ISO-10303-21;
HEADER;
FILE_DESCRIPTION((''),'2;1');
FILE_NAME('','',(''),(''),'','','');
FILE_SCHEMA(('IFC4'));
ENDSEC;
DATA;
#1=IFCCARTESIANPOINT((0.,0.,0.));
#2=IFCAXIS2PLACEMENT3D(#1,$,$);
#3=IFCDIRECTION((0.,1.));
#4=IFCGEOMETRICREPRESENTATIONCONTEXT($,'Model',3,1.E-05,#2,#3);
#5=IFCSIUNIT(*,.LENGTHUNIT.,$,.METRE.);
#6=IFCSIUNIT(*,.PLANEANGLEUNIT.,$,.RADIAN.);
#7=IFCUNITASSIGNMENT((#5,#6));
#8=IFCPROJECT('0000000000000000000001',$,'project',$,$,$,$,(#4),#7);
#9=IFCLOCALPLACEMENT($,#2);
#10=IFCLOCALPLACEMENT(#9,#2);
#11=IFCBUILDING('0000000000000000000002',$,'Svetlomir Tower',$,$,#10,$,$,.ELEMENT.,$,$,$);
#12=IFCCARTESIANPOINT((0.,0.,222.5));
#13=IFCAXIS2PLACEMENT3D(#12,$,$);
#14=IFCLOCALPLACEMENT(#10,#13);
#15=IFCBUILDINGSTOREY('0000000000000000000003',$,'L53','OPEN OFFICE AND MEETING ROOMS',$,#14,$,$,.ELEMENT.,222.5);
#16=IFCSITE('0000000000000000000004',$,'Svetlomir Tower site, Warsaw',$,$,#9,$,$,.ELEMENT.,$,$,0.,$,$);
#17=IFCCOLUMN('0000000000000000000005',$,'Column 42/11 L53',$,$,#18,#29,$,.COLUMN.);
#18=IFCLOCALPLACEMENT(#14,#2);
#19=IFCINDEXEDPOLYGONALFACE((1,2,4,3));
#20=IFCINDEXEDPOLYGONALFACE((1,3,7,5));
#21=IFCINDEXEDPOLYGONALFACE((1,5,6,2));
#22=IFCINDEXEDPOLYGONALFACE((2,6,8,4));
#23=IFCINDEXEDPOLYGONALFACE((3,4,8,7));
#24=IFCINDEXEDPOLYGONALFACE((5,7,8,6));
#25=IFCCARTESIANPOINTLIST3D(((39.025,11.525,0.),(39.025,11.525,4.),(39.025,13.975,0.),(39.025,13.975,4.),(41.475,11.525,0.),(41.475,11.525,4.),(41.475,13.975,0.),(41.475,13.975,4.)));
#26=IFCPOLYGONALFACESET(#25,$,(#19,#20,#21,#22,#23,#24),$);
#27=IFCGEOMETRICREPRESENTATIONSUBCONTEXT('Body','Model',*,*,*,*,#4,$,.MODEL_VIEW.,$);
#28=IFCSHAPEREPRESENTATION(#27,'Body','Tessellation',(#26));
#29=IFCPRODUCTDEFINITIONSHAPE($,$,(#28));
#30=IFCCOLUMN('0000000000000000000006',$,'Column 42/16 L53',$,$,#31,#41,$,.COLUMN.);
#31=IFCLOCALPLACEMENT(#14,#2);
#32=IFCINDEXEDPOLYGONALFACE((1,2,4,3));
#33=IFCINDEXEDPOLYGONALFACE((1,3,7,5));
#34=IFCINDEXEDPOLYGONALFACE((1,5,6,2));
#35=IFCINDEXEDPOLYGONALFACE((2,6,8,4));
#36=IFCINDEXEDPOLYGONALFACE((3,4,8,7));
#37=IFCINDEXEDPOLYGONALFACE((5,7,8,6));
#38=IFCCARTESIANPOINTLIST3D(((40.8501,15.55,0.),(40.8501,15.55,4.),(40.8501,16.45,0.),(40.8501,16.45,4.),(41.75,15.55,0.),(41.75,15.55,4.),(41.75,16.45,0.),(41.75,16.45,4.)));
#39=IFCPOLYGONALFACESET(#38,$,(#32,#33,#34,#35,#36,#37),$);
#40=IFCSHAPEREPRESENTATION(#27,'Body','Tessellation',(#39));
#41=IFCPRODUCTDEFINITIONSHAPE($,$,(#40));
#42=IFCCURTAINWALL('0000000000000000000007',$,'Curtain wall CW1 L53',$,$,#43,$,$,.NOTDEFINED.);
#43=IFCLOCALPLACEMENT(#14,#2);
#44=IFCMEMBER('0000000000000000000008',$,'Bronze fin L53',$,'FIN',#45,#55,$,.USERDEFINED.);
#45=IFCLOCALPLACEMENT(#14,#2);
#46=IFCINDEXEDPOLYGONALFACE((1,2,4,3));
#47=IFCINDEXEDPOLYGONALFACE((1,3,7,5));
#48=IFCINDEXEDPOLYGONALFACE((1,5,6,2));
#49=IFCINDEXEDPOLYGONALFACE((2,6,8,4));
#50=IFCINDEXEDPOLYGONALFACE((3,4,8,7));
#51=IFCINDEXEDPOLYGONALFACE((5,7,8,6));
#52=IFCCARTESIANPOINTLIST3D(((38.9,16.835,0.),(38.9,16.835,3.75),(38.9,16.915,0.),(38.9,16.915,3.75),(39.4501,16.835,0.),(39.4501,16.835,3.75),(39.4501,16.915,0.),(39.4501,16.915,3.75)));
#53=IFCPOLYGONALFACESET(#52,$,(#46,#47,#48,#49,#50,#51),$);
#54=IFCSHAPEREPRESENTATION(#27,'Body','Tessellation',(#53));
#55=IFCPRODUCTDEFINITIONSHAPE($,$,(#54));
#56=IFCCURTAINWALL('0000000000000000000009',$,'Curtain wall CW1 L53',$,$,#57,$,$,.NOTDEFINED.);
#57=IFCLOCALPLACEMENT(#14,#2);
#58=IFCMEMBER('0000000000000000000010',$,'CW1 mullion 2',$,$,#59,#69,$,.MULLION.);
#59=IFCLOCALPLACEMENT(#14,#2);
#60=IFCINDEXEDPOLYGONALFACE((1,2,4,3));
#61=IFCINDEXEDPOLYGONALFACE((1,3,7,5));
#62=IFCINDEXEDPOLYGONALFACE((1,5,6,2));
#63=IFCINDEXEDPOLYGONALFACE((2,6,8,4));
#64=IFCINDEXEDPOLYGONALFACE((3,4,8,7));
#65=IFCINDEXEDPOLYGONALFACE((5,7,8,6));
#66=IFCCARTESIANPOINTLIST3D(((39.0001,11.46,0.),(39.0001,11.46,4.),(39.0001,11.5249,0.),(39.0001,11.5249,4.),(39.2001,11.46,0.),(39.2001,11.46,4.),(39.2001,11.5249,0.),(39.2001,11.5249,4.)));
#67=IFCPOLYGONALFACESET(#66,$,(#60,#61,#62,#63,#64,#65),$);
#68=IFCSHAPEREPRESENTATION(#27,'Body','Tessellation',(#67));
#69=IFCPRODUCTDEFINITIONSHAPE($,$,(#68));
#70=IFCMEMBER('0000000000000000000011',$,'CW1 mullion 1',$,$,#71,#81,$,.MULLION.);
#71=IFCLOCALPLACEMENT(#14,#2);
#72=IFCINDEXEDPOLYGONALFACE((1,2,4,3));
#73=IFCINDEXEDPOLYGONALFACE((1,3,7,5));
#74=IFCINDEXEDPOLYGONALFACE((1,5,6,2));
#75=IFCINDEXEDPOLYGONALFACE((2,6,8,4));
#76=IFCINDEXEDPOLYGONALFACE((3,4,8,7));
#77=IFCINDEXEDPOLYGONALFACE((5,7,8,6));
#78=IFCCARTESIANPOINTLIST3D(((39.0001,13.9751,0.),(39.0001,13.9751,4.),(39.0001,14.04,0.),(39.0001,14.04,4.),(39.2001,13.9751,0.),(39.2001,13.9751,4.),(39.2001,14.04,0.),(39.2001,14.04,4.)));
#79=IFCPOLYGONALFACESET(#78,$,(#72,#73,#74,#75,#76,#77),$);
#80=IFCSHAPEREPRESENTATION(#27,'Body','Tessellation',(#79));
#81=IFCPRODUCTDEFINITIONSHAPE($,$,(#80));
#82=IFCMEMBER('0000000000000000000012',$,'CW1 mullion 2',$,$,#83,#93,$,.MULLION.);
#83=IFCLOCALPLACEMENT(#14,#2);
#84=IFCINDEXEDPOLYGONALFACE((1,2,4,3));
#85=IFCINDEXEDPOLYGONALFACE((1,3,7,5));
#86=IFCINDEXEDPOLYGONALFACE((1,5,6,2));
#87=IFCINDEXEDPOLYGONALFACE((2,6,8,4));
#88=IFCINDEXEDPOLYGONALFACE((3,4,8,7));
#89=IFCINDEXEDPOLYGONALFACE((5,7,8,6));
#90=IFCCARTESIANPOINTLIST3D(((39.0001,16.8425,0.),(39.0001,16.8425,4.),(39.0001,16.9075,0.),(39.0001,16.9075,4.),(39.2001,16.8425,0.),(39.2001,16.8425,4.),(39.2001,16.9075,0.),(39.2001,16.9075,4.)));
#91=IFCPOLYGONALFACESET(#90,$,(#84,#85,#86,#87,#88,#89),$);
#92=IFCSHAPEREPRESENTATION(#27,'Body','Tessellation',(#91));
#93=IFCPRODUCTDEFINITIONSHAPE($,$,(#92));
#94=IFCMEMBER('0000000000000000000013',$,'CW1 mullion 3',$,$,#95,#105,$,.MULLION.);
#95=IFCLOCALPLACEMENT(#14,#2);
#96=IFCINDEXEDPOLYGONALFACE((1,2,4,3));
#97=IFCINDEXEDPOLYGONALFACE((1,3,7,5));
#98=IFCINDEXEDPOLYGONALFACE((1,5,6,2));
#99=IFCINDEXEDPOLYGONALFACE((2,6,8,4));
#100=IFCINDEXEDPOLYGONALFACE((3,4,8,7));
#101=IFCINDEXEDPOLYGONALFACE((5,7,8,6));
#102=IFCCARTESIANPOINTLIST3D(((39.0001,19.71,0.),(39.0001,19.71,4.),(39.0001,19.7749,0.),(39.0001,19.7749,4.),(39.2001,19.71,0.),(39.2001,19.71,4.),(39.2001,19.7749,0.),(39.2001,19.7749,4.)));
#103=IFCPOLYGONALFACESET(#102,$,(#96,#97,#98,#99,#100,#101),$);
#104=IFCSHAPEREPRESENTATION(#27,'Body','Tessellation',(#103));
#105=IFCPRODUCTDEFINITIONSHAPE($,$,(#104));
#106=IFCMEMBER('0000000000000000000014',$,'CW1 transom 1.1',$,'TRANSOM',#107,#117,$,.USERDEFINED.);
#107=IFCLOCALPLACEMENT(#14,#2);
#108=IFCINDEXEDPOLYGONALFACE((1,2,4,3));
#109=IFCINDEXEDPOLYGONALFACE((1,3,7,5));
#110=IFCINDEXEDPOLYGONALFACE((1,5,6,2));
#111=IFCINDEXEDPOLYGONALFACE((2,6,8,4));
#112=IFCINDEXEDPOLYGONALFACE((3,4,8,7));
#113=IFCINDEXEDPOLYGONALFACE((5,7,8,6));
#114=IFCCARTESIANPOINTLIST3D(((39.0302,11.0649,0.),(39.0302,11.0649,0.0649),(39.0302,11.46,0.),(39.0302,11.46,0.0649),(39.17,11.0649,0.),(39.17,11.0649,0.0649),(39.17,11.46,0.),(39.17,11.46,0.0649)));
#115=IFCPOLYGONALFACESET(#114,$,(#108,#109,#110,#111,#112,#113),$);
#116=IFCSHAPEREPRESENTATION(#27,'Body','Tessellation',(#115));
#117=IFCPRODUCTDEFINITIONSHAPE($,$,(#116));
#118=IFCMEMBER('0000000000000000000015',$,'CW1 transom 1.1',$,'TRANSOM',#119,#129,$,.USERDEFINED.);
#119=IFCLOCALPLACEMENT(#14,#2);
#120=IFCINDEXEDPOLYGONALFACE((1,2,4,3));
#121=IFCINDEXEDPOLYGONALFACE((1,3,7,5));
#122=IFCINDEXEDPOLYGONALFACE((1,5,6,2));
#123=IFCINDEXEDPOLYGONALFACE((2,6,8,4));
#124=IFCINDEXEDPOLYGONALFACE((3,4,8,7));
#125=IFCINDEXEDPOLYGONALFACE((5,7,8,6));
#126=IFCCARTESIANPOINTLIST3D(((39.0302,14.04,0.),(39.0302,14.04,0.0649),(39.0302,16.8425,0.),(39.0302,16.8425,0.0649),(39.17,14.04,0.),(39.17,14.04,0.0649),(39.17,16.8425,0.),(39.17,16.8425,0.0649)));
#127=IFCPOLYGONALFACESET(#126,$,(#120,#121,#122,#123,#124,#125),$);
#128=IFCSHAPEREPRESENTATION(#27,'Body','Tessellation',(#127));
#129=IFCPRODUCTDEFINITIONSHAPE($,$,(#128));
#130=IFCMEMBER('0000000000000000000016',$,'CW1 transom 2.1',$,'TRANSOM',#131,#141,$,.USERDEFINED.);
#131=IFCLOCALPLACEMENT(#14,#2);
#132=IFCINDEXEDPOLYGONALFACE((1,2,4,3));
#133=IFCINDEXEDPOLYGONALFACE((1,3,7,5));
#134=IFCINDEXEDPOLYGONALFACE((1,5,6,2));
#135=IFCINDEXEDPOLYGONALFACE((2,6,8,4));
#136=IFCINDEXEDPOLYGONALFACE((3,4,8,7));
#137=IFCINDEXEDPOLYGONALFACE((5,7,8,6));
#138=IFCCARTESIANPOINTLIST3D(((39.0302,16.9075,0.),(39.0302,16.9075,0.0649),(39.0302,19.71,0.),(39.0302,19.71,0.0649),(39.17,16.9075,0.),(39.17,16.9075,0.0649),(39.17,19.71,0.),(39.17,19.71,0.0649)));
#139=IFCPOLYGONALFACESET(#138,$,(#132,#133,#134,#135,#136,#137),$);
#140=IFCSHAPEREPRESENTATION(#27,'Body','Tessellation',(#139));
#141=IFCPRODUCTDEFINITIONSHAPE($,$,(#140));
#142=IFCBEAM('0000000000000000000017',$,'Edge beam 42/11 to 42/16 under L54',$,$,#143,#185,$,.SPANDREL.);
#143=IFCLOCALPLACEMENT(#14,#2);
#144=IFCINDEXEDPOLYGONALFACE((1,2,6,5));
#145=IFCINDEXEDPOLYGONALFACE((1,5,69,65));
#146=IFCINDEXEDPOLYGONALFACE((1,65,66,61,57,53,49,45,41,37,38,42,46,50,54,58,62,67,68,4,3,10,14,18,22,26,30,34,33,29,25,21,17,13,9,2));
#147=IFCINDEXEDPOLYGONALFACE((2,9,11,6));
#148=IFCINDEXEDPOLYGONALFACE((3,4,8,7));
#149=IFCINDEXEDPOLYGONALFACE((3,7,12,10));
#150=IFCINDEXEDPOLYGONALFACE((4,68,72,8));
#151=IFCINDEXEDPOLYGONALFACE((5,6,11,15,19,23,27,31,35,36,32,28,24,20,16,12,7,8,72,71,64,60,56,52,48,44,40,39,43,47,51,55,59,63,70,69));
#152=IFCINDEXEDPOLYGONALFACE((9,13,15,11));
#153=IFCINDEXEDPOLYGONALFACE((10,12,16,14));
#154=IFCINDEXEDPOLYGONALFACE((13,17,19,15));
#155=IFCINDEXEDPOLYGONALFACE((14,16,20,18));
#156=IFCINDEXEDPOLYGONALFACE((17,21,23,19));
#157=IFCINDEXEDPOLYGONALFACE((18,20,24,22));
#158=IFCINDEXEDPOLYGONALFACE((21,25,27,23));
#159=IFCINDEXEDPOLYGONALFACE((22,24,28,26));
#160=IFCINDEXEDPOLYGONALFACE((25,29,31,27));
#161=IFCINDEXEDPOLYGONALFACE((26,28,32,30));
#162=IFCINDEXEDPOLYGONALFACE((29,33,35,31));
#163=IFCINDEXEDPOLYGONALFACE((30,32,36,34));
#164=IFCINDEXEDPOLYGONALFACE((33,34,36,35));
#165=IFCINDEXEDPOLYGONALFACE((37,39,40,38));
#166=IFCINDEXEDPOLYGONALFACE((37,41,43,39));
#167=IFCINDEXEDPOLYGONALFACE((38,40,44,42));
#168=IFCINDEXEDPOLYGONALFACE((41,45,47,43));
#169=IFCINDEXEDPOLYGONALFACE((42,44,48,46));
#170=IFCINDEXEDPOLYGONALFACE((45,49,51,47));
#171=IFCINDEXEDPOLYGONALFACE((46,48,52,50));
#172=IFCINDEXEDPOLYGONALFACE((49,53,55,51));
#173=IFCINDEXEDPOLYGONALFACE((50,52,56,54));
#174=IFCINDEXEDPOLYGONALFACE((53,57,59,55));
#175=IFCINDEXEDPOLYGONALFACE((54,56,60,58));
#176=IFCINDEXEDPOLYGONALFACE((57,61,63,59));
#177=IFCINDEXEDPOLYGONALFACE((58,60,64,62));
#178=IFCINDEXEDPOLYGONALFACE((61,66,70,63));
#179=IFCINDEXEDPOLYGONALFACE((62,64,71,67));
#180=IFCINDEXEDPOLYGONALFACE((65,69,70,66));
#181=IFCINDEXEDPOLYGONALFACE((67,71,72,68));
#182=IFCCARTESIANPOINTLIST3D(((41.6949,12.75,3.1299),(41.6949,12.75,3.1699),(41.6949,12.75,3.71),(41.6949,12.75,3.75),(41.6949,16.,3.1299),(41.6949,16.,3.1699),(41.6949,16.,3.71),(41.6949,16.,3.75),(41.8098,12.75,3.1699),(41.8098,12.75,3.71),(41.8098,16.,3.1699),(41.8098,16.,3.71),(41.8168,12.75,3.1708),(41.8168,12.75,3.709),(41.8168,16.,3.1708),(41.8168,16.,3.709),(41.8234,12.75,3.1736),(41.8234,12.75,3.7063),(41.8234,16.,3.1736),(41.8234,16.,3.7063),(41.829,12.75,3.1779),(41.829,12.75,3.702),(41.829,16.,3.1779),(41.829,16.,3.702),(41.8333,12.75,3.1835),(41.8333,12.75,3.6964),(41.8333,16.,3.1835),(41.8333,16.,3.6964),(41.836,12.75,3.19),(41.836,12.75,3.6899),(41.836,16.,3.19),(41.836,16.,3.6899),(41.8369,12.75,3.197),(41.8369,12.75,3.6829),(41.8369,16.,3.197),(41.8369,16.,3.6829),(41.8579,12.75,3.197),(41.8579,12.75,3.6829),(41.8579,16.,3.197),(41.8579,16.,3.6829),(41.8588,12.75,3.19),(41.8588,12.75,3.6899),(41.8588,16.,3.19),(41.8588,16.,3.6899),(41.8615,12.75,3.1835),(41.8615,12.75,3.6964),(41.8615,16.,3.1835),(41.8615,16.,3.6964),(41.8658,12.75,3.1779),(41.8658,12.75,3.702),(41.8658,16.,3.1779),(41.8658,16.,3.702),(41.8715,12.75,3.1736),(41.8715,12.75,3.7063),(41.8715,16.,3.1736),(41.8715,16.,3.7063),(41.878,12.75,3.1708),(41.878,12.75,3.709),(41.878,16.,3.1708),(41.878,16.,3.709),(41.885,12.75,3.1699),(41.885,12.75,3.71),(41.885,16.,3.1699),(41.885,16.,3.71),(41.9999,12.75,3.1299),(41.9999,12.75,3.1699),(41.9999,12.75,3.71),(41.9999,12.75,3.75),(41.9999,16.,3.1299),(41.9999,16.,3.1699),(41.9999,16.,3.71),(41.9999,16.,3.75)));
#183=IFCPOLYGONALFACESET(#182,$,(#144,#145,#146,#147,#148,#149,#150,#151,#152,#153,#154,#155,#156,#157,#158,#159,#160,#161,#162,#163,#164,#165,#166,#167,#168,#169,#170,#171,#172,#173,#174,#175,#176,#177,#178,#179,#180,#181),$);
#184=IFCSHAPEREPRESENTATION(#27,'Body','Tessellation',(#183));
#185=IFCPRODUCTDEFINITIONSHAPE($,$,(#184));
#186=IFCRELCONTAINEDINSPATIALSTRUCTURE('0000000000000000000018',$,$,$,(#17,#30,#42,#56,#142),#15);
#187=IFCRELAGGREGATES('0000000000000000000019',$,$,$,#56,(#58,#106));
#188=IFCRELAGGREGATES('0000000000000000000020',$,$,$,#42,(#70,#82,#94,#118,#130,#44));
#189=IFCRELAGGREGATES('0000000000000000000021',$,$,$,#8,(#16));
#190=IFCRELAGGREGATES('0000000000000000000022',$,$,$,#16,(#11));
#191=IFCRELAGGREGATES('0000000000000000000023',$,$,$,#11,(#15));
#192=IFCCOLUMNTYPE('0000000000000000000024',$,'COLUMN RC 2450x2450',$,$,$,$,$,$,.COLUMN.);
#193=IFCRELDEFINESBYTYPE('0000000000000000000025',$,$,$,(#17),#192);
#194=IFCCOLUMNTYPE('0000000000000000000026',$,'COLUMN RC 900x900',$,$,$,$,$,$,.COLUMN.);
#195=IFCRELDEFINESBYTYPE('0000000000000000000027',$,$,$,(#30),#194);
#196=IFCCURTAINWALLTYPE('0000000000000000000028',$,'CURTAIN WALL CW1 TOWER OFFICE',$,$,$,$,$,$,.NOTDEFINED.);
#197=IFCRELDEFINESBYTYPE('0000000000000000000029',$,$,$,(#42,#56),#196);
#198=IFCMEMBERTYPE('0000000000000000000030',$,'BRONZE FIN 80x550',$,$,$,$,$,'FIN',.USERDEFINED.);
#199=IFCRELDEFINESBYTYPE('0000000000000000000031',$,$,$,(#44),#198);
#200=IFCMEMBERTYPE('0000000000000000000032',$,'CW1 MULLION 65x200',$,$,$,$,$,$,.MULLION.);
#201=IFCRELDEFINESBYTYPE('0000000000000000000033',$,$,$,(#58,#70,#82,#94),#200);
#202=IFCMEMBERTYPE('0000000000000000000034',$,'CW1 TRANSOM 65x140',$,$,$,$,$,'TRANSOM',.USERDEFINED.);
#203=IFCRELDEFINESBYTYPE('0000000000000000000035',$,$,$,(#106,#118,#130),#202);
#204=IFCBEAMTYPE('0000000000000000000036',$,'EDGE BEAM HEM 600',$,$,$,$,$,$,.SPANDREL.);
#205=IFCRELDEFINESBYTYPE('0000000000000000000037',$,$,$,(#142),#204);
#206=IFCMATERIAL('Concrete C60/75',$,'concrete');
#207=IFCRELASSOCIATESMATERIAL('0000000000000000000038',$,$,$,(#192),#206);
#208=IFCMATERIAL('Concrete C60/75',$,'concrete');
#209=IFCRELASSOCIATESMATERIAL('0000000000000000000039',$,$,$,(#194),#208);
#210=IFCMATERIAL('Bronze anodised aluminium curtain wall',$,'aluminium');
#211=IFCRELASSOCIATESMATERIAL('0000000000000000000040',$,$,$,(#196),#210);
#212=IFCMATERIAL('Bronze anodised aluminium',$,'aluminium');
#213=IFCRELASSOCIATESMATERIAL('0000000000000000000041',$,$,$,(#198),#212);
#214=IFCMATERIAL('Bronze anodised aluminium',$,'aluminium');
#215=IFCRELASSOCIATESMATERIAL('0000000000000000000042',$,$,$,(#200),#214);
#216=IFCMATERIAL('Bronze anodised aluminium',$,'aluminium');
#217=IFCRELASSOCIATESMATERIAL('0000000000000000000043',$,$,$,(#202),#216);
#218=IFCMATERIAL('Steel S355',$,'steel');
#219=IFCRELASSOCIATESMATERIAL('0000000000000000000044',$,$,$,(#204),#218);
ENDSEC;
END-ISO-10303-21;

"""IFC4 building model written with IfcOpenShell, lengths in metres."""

from ifc_helpers import new_model, si_unit, direction, frame, origin, origin_2d, place, context, subcontext, project, spatial, rectangle, i_section, extrude, material, material_profile, profile_set, type_object, element, aggregate, save


model = new_model("IFC4")

# Units and contexts
model_context = context("Model", 3, precision=1e-05, world=origin(), true_north=direction((0.0, 1.0)))
body_context = subcontext(model_context, "Body", "Model", "MODEL_VIEW")
ifc_project = project(units=[si_unit("LENGTHUNIT", "METRE"), si_unit("PLANEANGLEUNIT", "RADIAN")], contexts=[model_context])

# Site, building, storey
site_placement = place(None, origin())
site = spatial("IfcSite", under=ifc_project, at=site_placement, Name="Svetlomir Tower site, Warsaw", CompositionType="ELEMENT", RefElevation=0.0)
building_placement = place(site_placement, origin())
building = spatial("IfcBuilding", under=site, at=building_placement, Name="Svetlomir Tower", CompositionType="ELEMENT")
storey_placement = place(building_placement, frame((0.0, 0.0, 222.5)))
storey = spatial("IfcBuildingStorey", under=building, at=storey_placement, Name="L53", Description="OPEN OFFICE AND MEETING ROOMS", CompositionType="ELEMENT", Elevation=222.5)

# Columns
ifc_material_1 = material(Name="Concrete C60/75", Category="concrete")
ifc_material_profile_1 = material_profile(ifc_material_1, rectangle(XDim=2.45, YDim=2.45, at=origin_2d()), Name="RC 2450x2450")
ifc_profile_set_1 = profile_set([ifc_material_profile_1], Name="Concrete C60/75")
column_type_1 = type_object("IfcColumnType", Name="COLUMN RC 2450x2450", PredefinedType="COLUMN", material=ifc_profile_set_1)
column_1_placement = place(storey_placement, frame((40.25, 12.75, 0.0), z_axis=(0.0, 0.0, 1.0), x_axis=(1.0, 0.0, 0.0)))
element("IfcColumn", 1, at=column_1_placement, inside=storey, type_object=column_type_1, Name="Column 42/11 L53", PredefinedType="COLUMN", context=body_context, shape_type="SweptSolid", body=[
    extrude(rectangle(XDim=2.45, YDim=2.45, at=origin_2d()), origin(), (0.0, 0.0, 1.0), 4.0),
])
ifc_material_2 = material(Name="Concrete C60/75", Category="concrete")
ifc_material_profile_2 = material_profile(ifc_material_2, rectangle(XDim=0.8999, YDim=0.8999, at=origin_2d()), Name="RC 900x900")
ifc_profile_set_2 = profile_set([ifc_material_profile_2], Name="Concrete C60/75")
column_type_2 = type_object("IfcColumnType", Name="COLUMN RC 900x900", PredefinedType="COLUMN", material=ifc_profile_set_2)
column_2_placement = place(storey_placement, frame((41.3, 16.0, 0.0), z_axis=(0.0, 0.0, 1.0), x_axis=(1.0, 0.0, 0.0)))
element("IfcColumn", 2, at=column_2_placement, inside=storey, type_object=column_type_2, Name="Column 42/16 L53", PredefinedType="COLUMN", context=body_context, shape_type="SweptSolid", body=[
    extrude(rectangle(XDim=0.8999, YDim=0.8999, at=origin_2d()), origin(), (0.0, 0.0, 1.0), 4.0),
])

# Curtain walls, members
ifc_material_3 = material(Name="Bronze anodised aluminium curtain wall", Category="aluminium")
curtain_wall_type = type_object("IfcCurtainWallType", Name="CURTAIN WALL CW1 TOWER OFFICE", PredefinedType="NOTDEFINED", material=ifc_material_3)
curtain_wall_1_placement = place(storey_placement, origin())
curtain_wall_1 = element("IfcCurtainWall", 3, at=curtain_wall_1_placement, inside=storey, type_object=curtain_wall_type, Name="Curtain wall CW1 L53", PredefinedType="NOTDEFINED")
ifc_material_4 = material(Name="Bronze anodised aluminium", Category="aluminium")
ifc_material_profile_3 = material_profile(ifc_material_4, rectangle(XDim=0.0801, YDim=0.55, at=origin_2d()), Name="FIN 80x550")
ifc_profile_set_3 = profile_set([ifc_material_profile_3], Name="Bronze anodised aluminium 6063-T6")
member_type_1 = type_object("IfcMemberType", Name="BRONZE FIN 80x550", ElementType="FIN", PredefinedType="USERDEFINED", material=ifc_profile_set_3)
member_1_placement = place(storey_placement, frame((39.175, 16.875, 0.0), z_axis=(0.0, 0.0, 1.0), x_axis=(0.0, 1.0, 0.0)))
member_1 = element("IfcMember", 4, at=member_1_placement, type_object=member_type_1, Name="Bronze fin L53", ObjectType="FIN", PredefinedType="USERDEFINED", context=body_context, shape_type="SweptSolid", body=[
    extrude(rectangle(XDim=0.0801, YDim=0.55, at=origin_2d()), origin(), (0.0, 0.0, 1.0), 3.75),
])
curtain_wall_2_placement = place(storey_placement, origin())
curtain_wall_2 = element("IfcCurtainWall", 5, at=curtain_wall_2_placement, inside=storey, type_object=curtain_wall_type, Name="Curtain wall CW1 L53", PredefinedType="NOTDEFINED")
ifc_material_5 = material(Name="Bronze anodised aluminium", Category="aluminium")
ifc_material_profile_4 = material_profile(ifc_material_5, rectangle(XDim=0.0649, YDim=0.2, at=origin_2d()), Name="AL 65x200")
ifc_profile_set_4 = profile_set([ifc_material_profile_4], Name="Bronze anodised aluminium 6063-T6")
member_type_2 = type_object("IfcMemberType", Name="CW1 MULLION 65x200", PredefinedType="MULLION", material=ifc_profile_set_4)
member_2_placement = place(storey_placement, frame((39.1001, 11.4924, 0.0), z_axis=(0.0, 0.0, 1.0), x_axis=(0.0, 1.0, 0.0)))
member_2 = element("IfcMember", 6, at=member_2_placement, type_object=member_type_2, Name="CW1 mullion 2", PredefinedType="MULLION", context=body_context, shape_type="SweptSolid", body=[
    extrude(rectangle(XDim=0.0649, YDim=0.2, at=origin_2d()), origin(), (0.0, 0.0, 1.0), 4.0),
])

# Members
member_3_placement = place(storey_placement, frame((39.1001, 14.0076, 0.0), z_axis=(0.0, 0.0, 1.0), x_axis=(0.0, 1.0, 0.0)))
member_3 = element("IfcMember", 7, at=member_3_placement, type_object=member_type_2, Name="CW1 mullion 1", PredefinedType="MULLION", context=body_context, shape_type="SweptSolid", body=[
    extrude(rectangle(XDim=0.0649, YDim=0.2, at=origin_2d()), origin(), (0.0, 0.0, 1.0), 4.0),
])
member_4_placement = place(storey_placement, frame((39.1001, 16.875, 0.0), z_axis=(0.0, 0.0, 1.0), x_axis=(0.0, 1.0, 0.0)))
member_4 = element("IfcMember", 8, at=member_4_placement, type_object=member_type_2, Name="CW1 mullion 2", PredefinedType="MULLION", context=body_context, shape_type="SweptSolid", body=[
    extrude(rectangle(XDim=0.0649, YDim=0.2, at=origin_2d()), origin(), (0.0, 0.0, 1.0), 4.0),
])
member_5_placement = place(storey_placement, frame((39.1001, 19.7424, 0.0), z_axis=(0.0, 0.0, 1.0), x_axis=(0.0, 1.0, 0.0)))
member_5 = element("IfcMember", 9, at=member_5_placement, type_object=member_type_2, Name="CW1 mullion 3", PredefinedType="MULLION", context=body_context, shape_type="SweptSolid", body=[
    extrude(rectangle(XDim=0.0649, YDim=0.2, at=origin_2d()), origin(), (0.0, 0.0, 1.0), 4.0),
])
ifc_material_6 = material(Name="Bronze anodised aluminium", Category="aluminium")
ifc_material_profile_5 = material_profile(ifc_material_6, rectangle(XDim=0.1399, YDim=0.0649, at=origin_2d()), Name="AL 140x65")
ifc_profile_set_5 = profile_set([ifc_material_profile_5], Name="Bronze anodised aluminium 6063-T6")
member_type_3 = type_object("IfcMemberType", Name="CW1 TRANSOM 65x140", ElementType="TRANSOM", PredefinedType="USERDEFINED", material=ifc_profile_set_5)
member_6_placement = place(storey_placement, frame((39.1001, 11.0649, 0.0325), z_axis=(0.0, 1.0, 0.0), x_axis=(-1.0, 0.0, 0.0)))
member_6 = element("IfcMember", 10, at=member_6_placement, type_object=member_type_3, Name="CW1 transom 1.1", ObjectType="TRANSOM", PredefinedType="USERDEFINED", context=body_context, shape_type="SweptSolid", body=[
    extrude(rectangle(XDim=0.1399, YDim=0.0649, at=origin_2d()), origin(), (0.0, 0.0, 1.0), 0.395),
])
member_7_placement = place(storey_placement, frame((39.1001, 14.04, 0.0325), z_axis=(0.0, 1.0, 0.0), x_axis=(-1.0, 0.0, 0.0)))
member_7 = element("IfcMember", 11, at=member_7_placement, type_object=member_type_3, Name="CW1 transom 1.1", ObjectType="TRANSOM", PredefinedType="USERDEFINED", context=body_context, shape_type="SweptSolid", body=[
    extrude(rectangle(XDim=0.1399, YDim=0.0649, at=origin_2d()), origin(), (0.0, 0.0, 1.0), 2.8025),
])
member_8_placement = place(storey_placement, frame((39.1001, 16.9075, 0.0325), z_axis=(0.0, 1.0, 0.0), x_axis=(-1.0, 0.0, 0.0)))
member_8 = element("IfcMember", 12, at=member_8_placement, type_object=member_type_3, Name="CW1 transom 2.1", ObjectType="TRANSOM", PredefinedType="USERDEFINED", context=body_context, shape_type="SweptSolid", body=[
    extrude(rectangle(XDim=0.1399, YDim=0.0649, at=origin_2d()), origin(), (0.0, 0.0, 1.0), 2.8025),
])

# Beam
ifc_material_7 = material(Name="Steel S355", Category="steel")
ifc_material_profile_6 = material_profile(ifc_material_7, i_section(OverallWidth=0.3049, OverallDepth=0.6201, WebThickness=0.021, FlangeThickness=0.04, FilletRadius=0.0271, at=origin_2d()), Name="HEM 600")
ifc_profile_set_6 = profile_set([ifc_material_profile_6], Name="Steel S355")
beam_type_1 = type_object("IfcBeamType", Name="EDGE BEAM HEM 600", PredefinedType="SPANDREL", material=ifc_profile_set_6)
beam_1_placement = place(storey_placement, frame((41.8474, 12.75, 3.4399), z_axis=(0.0, 1.0, 0.0), x_axis=(-1.0, 0.0, 0.0)))
element("IfcBeam", 13, at=beam_1_placement, inside=storey, type_object=beam_type_1, Name="Edge beam 42/11 to 42/16 under L54", PredefinedType="SPANDREL", context=body_context, shape_type="SweptSolid", body=[
    extrude(i_section(OverallWidth=0.3049, OverallDepth=0.6201, WebThickness=0.021, FlangeThickness=0.04, FilletRadius=0.0271, at=origin_2d()), origin(), (0.0, 0.0, 1.0), 3.25),
])

aggregate(curtain_wall_2, [member_2, member_6])
aggregate(curtain_wall_1, [member_3, member_4, member_5, member_7, member_8, member_1])

save(model, "model.ifc")
